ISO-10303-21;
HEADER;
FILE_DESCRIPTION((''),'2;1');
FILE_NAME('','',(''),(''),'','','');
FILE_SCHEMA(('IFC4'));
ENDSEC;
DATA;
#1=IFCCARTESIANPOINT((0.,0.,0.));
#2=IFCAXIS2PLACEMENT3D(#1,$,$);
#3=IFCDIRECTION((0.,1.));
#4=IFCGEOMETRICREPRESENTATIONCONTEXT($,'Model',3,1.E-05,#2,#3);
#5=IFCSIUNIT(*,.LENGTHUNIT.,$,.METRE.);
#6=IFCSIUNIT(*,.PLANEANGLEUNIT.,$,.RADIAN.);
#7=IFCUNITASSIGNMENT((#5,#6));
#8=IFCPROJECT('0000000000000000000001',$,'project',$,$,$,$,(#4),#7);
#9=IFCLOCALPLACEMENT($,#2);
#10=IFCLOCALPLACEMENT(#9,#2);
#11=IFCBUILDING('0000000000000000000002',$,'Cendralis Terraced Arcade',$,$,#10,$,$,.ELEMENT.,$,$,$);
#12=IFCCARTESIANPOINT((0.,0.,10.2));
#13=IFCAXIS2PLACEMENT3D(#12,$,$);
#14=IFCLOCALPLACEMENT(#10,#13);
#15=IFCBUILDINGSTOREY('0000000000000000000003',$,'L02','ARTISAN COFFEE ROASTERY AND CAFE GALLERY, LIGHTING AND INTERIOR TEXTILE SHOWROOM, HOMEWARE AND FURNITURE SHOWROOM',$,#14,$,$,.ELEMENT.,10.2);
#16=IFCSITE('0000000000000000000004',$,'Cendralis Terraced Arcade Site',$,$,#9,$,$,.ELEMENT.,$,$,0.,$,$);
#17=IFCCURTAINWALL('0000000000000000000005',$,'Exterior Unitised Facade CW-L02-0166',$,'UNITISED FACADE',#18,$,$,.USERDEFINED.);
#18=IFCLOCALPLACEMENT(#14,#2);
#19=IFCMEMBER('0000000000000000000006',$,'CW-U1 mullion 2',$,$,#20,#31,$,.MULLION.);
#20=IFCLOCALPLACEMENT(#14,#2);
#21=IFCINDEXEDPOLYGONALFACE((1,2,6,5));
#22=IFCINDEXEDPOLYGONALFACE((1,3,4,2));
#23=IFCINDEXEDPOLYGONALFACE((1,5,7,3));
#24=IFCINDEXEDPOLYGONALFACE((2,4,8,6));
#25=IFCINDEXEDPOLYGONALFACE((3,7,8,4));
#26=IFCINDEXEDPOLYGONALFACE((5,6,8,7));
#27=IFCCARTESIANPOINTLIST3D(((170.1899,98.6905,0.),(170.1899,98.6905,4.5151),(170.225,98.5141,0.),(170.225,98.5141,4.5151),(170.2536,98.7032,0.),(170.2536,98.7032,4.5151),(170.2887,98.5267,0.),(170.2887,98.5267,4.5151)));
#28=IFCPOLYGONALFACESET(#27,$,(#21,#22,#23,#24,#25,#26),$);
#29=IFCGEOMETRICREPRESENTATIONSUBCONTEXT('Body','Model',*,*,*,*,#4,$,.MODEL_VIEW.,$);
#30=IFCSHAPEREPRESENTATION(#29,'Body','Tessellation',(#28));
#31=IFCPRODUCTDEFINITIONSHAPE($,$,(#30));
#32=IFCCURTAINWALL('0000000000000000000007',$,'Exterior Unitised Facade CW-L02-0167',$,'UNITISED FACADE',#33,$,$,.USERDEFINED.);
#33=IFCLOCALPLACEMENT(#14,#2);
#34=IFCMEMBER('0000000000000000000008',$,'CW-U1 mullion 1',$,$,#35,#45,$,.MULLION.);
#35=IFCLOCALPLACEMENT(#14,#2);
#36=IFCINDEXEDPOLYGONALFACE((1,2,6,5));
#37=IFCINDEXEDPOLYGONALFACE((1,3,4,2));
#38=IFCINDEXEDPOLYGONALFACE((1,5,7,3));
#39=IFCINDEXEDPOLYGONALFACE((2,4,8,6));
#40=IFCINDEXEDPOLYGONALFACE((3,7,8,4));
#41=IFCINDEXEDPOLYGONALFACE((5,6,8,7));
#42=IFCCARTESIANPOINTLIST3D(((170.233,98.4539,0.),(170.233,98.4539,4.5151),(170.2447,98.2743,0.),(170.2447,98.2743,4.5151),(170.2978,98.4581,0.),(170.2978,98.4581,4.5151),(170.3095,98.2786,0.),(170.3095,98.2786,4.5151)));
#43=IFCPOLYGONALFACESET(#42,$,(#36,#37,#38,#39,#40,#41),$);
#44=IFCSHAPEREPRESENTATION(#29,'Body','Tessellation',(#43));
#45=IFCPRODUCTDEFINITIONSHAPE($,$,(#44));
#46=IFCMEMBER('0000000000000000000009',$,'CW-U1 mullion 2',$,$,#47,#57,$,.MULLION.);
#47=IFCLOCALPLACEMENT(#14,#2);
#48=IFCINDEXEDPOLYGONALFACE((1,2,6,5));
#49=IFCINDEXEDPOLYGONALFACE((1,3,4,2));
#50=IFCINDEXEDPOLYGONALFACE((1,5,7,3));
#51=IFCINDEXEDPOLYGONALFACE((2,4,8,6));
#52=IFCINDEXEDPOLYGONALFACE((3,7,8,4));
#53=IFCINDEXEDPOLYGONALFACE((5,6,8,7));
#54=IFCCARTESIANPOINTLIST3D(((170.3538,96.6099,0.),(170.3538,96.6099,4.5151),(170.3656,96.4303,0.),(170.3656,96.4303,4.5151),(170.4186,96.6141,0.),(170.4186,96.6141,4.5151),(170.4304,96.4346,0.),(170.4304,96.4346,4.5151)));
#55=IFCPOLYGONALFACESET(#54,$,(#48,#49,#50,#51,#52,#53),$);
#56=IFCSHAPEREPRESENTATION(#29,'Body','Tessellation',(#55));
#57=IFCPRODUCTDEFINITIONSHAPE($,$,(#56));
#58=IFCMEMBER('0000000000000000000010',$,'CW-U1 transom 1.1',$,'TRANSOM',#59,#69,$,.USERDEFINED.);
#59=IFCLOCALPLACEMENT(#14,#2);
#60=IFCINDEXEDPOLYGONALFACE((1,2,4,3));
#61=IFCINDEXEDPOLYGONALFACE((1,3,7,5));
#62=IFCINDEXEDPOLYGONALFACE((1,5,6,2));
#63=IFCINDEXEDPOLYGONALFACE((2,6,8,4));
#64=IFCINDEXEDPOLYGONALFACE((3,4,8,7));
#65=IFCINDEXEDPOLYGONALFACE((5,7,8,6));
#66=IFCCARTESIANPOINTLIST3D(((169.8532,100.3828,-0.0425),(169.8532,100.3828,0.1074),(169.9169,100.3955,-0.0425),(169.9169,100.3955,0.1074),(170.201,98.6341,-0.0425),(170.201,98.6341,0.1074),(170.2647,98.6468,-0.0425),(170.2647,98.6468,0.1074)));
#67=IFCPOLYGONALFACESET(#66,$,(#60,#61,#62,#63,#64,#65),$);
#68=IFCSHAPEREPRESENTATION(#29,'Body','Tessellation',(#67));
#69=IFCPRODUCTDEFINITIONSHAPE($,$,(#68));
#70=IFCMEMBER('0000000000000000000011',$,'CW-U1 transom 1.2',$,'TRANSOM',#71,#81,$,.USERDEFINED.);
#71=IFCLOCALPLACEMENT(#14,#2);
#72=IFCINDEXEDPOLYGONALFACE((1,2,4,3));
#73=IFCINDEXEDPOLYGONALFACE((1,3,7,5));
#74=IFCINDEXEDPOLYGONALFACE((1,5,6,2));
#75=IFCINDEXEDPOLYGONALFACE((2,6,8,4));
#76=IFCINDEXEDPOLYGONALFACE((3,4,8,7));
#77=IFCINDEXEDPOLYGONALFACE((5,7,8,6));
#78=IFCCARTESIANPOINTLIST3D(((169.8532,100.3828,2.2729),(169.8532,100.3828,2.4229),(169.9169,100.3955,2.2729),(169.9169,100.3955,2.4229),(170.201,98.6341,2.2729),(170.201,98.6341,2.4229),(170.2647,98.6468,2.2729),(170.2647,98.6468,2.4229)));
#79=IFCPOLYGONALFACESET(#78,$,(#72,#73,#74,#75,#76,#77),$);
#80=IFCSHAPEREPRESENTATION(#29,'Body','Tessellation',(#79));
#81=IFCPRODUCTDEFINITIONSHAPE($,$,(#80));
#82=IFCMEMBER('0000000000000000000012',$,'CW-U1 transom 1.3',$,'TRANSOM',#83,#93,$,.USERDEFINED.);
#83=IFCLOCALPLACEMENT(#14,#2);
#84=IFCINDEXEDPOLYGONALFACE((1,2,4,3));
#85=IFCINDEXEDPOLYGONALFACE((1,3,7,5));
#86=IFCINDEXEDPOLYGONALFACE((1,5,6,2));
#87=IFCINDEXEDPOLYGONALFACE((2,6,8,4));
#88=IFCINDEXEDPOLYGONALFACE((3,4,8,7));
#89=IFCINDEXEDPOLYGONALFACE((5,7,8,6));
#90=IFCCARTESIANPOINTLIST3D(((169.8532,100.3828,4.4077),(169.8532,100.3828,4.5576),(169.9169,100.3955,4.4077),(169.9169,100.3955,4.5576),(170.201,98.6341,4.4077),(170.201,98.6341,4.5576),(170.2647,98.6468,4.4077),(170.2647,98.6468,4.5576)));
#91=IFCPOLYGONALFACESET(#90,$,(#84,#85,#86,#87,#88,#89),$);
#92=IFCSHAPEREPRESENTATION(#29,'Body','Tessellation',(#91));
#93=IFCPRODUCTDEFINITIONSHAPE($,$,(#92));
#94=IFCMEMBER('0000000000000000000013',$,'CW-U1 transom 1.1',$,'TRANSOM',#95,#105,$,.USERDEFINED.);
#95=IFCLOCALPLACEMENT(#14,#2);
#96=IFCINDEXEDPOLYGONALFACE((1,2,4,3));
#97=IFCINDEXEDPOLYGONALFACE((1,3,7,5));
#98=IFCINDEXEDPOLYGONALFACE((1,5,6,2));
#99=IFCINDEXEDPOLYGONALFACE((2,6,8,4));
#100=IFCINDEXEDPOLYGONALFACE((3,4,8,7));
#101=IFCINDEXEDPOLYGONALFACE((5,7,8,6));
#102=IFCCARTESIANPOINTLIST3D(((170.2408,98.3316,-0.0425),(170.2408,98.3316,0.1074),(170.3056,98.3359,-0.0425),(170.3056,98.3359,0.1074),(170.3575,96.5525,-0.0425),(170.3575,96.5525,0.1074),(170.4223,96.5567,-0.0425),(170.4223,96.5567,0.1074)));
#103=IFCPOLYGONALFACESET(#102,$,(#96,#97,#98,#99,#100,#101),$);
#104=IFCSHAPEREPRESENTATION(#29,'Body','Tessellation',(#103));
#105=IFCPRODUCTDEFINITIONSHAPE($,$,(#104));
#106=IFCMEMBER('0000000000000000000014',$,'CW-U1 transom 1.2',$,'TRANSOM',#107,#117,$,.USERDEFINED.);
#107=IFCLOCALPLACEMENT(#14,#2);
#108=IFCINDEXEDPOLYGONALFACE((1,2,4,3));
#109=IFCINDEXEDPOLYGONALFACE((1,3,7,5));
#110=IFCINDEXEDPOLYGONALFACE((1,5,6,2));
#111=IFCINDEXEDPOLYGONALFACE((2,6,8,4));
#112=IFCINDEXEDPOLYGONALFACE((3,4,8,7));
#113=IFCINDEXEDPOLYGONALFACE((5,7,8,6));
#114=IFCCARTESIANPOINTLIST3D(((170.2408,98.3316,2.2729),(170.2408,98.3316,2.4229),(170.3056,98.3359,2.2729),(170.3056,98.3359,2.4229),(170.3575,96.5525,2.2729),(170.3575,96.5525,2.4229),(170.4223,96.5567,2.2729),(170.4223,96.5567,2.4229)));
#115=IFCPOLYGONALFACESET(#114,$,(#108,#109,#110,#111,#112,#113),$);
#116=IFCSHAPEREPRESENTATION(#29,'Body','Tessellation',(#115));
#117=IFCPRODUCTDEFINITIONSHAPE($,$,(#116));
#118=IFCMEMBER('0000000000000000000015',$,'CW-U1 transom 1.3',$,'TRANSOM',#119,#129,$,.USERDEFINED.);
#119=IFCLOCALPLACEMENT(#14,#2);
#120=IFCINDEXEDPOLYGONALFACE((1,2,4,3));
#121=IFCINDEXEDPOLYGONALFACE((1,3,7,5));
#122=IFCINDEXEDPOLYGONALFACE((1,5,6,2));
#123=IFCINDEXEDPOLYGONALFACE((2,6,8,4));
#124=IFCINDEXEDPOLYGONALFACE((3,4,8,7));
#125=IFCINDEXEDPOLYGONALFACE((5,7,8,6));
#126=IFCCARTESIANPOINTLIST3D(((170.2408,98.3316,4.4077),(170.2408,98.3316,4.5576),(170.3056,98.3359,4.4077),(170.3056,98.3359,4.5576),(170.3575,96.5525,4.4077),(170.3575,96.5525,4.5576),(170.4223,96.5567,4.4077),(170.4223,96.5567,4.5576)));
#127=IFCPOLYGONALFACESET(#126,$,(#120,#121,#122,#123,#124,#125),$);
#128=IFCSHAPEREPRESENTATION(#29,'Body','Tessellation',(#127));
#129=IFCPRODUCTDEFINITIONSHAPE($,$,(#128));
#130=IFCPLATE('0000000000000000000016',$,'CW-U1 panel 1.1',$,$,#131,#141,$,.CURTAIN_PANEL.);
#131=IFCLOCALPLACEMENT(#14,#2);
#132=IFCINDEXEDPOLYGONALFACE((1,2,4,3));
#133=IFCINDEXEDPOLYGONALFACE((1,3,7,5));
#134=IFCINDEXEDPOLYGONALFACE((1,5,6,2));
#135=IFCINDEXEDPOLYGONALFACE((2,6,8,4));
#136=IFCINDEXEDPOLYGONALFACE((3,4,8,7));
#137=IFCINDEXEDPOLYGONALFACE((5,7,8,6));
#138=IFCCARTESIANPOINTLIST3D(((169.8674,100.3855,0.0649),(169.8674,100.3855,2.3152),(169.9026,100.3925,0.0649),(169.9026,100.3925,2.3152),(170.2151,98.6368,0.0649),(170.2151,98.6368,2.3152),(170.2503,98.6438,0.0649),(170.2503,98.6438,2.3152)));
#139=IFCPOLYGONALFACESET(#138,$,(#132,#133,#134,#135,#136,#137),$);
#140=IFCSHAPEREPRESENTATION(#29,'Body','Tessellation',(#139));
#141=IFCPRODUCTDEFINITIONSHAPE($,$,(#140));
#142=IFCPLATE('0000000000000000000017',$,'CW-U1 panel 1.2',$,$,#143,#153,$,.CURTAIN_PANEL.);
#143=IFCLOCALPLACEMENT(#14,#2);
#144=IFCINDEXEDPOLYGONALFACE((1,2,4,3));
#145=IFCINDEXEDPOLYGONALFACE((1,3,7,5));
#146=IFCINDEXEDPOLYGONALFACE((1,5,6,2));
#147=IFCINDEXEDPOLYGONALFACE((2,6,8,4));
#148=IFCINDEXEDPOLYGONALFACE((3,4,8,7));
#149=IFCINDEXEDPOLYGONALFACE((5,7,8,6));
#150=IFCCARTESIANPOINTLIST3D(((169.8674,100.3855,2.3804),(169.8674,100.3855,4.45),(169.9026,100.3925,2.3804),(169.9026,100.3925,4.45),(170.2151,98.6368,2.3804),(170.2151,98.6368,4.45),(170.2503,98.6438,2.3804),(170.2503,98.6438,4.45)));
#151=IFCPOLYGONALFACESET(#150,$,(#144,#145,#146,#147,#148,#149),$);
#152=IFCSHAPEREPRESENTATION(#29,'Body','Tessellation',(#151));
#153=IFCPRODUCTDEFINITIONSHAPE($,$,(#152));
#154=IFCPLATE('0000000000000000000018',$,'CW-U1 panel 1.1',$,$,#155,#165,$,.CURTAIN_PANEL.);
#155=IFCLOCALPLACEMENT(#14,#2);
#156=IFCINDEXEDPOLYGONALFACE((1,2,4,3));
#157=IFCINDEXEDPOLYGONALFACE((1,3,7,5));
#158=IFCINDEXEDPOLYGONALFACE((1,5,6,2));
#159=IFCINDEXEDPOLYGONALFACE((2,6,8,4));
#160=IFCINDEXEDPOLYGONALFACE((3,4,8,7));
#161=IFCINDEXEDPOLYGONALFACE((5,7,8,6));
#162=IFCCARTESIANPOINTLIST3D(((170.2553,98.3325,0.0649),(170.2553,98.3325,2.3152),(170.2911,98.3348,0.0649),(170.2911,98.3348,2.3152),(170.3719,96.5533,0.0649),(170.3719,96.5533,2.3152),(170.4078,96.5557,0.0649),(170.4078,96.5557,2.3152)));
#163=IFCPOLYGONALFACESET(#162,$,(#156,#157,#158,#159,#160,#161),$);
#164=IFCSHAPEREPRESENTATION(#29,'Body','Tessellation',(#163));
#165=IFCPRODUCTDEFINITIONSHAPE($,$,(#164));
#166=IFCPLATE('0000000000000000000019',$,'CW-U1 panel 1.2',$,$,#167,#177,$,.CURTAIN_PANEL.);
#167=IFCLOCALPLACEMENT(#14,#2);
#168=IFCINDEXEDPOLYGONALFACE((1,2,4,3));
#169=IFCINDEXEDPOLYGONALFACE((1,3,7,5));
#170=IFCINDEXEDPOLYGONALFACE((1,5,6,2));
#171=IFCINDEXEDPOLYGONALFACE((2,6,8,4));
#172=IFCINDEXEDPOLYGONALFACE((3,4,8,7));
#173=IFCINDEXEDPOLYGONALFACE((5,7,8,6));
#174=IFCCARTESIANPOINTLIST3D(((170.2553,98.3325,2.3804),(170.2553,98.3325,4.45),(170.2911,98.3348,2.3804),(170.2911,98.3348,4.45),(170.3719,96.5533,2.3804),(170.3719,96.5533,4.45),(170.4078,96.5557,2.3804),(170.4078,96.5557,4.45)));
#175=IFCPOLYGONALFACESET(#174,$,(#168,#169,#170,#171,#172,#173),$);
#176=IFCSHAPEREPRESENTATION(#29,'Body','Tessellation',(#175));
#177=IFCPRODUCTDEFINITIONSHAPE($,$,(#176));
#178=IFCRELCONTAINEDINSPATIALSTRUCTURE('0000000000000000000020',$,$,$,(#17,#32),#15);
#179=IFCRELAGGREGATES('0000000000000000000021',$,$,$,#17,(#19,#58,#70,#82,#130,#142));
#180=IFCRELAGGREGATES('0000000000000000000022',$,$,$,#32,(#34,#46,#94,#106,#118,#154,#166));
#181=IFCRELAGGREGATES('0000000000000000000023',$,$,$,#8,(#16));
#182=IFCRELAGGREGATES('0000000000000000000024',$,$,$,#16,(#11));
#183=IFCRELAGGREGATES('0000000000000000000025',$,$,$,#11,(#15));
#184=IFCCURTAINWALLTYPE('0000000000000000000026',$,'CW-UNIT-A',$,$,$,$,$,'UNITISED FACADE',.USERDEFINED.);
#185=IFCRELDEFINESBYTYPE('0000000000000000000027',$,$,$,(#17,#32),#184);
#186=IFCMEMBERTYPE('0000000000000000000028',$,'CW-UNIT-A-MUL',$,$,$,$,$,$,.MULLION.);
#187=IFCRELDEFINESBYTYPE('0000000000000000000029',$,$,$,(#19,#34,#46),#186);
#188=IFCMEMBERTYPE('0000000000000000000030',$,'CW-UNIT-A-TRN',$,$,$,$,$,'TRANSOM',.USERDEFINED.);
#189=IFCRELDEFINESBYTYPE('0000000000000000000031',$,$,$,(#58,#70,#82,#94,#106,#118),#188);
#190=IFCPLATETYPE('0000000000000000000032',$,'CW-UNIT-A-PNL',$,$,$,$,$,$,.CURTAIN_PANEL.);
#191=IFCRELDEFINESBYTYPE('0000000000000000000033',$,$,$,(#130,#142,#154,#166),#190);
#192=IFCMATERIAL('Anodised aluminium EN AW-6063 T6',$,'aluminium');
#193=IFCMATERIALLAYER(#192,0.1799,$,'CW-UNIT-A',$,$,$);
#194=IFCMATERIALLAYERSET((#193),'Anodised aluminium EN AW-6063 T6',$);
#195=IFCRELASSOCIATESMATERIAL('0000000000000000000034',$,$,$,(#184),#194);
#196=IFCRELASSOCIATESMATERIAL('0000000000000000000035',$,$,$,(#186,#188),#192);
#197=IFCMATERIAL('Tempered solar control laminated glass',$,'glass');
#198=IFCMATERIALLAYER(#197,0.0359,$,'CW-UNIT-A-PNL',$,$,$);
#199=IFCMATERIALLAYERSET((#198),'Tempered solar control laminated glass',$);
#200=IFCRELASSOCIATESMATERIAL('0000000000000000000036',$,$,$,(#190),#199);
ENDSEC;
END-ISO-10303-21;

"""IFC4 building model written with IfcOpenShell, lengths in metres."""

from ifc_helpers import new_model, si_unit, direction, frame, origin, origin_2d, place, context, subcontext, project, spatial, rectangle, extrude, material, layer, layer_set, material_profile, profile_set, type_object, element, aggregate, save


model = new_model("IFC4")

# Units and contexts
model_context = context("Model", 3, precision=1e-05, world=origin(), true_north=direction((0.0, 1.0)))
body_context = subcontext(model_context, "Body", "Model", "MODEL_VIEW")
ifc_project = project(units=[si_unit("LENGTHUNIT", "METRE"), si_unit("PLANEANGLEUNIT", "RADIAN")], contexts=[model_context])

# Site, building, storey
site_placement = place(None, origin())
site = spatial("IfcSite", under=ifc_project, at=site_placement, Name="Cendralis Terraced Arcade Site", CompositionType="ELEMENT", RefElevation=0.0)
building_placement = place(site_placement, origin())
building = spatial("IfcBuilding", under=site, at=building_placement, Name="Cendralis Terraced Arcade", CompositionType="ELEMENT")
storey_placement = place(building_placement, frame((0.0, 0.0, 10.2)))
storey = spatial("IfcBuildingStorey", under=building, at=storey_placement, Name="L02", Description="ARTISAN COFFEE ROASTERY AND CAFE GALLERY, LIGHTING AND INTERIOR TEXTILE SHOWROOM, HOMEWARE AND FURNITURE SHOWROOM", CompositionType="ELEMENT", Elevation=10.2)

# Curtain wall, member
ifc_material_1 = material(Name="Anodised aluminium EN AW-6063 T6", Category="aluminium")
ifc_layer_1 = layer(ifc_material_1, 0.1799, Name="CW-UNIT-A")
ifc_layer_set_1 = layer_set([ifc_layer_1], Name="Anodised aluminium EN AW-6063 T6")
curtain_wall_type = type_object("IfcCurtainWallType", Name="CW-UNIT-A", ElementType="UNITISED FACADE", PredefinedType="USERDEFINED", material=ifc_layer_set_1)
curtain_wall_1_placement = place(storey_placement, origin())
curtain_wall_1 = element("IfcCurtainWall", 1, at=curtain_wall_1_placement, inside=storey, type_object=curtain_wall_type, Name="Exterior Unitised Facade CW-L02-0166", ObjectType="UNITISED FACADE", PredefinedType="USERDEFINED")
ifc_material_profile_1 = material_profile(ifc_material_1, rectangle(XDim=0.0649, YDim=0.1799, at=origin_2d()), Name="ALU-MUL-65x180")
ifc_profile_set_1 = profile_set([ifc_material_profile_1], Name="Anodised aluminium EN AW-6063 T6")
member_type_1 = type_object("IfcMemberType", Name="CW-UNIT-A-MUL", PredefinedType="MULLION", material=ifc_profile_set_1)
member_1_placement = place(storey_placement, frame((170.2393, 98.6086, 0.0), z_axis=(0.0, 0.0, 1.0), x_axis=(0.980793, 0.19505, 0.0)))
member_1 = element("IfcMember", 2, at=member_1_placement, type_object=member_type_1, Name="CW-U1 mullion 2", PredefinedType="MULLION", context=body_context, shape_type="SweptSolid", body=[
    extrude(rectangle(XDim=0.0649, YDim=0.1799, at=origin_2d()), origin(), (0.0, 0.0, 1.0), 4.5151),
])

# Curtain wall, members
curtain_wall_2_placement = place(storey_placement, origin())
curtain_wall_2 = element("IfcCurtainWall", 3, at=curtain_wall_2_placement, inside=storey, type_object=curtain_wall_type, Name="Exterior Unitised Facade CW-L02-0167", ObjectType="UNITISED FACADE", PredefinedType="USERDEFINED")
member_2_placement = place(storey_placement, frame((170.2712, 98.3662, 0.0), z_axis=(0.0, 0.0, 1.0), x_axis=(0.997859, 0.065398, 0.0)))
member_2 = element("IfcMember", 4, at=member_2_placement, type_object=member_type_1, Name="CW-U1 mullion 1", PredefinedType="MULLION", context=body_context, shape_type="SweptSolid", body=[
    extrude(rectangle(XDim=0.0649, YDim=0.1799, at=origin_2d()), origin(), (0.0, 0.0, 1.0), 4.5151),
])
member_3_placement = place(storey_placement, frame((170.3921, 96.5222, 0.0), z_axis=(0.0, 0.0, 1.0), x_axis=(0.997859, 0.065398, 0.0)))
member_3 = element("IfcMember", 5, at=member_3_placement, type_object=member_type_1, Name="CW-U1 mullion 2", PredefinedType="MULLION", context=body_context, shape_type="SweptSolid", body=[
    extrude(rectangle(XDim=0.0649, YDim=0.1799, at=origin_2d()), origin(), (0.0, 0.0, 1.0), 4.5151),
])

# Members
ifc_material_profile_2 = material_profile(ifc_material_1, rectangle(XDim=0.0649, YDim=0.1499, at=origin_2d()), Name="ALU-TRN-65x150")
ifc_profile_set_2 = profile_set([ifc_material_profile_2], Name="Anodised aluminium EN AW-6063 T6")
member_type_2 = type_object("IfcMemberType", Name="CW-UNIT-A-TRN", ElementType="TRANSOM", PredefinedType="USERDEFINED", material=ifc_profile_set_2)
member_4_placement = place(storey_placement, frame((169.885, 100.3892, 0.0325), z_axis=(0.195115, -0.98078, 0.0), x_axis=(0.98078, 0.195115, 0.0)))
member_4 = element("IfcMember", 6, at=member_4_placement, type_object=member_type_2, Name="CW-U1 transom 1.1", ObjectType="TRANSOM", PredefinedType="USERDEFINED", context=body_context, shape_type="SweptSolid", body=[
    extrude(rectangle(XDim=0.0649, YDim=0.1499, at=origin_2d()), origin(), (0.0, 0.0, 1.0), 1.783),
])
member_5_placement = place(storey_placement, frame((169.885, 100.3892, 2.3479), z_axis=(0.195115, -0.98078, 0.0), x_axis=(0.98078, 0.195115, 0.0)))
member_5 = element("IfcMember", 7, at=member_5_placement, type_object=member_type_2, Name="CW-U1 transom 1.2", ObjectType="TRANSOM", PredefinedType="USERDEFINED", context=body_context, shape_type="SweptSolid", body=[
    extrude(rectangle(XDim=0.0649, YDim=0.1499, at=origin_2d()), origin(), (0.0, 0.0, 1.0), 1.783),
])
member_6_placement = place(storey_placement, frame((169.885, 100.3892, 4.4827), z_axis=(0.195115, -0.98078, 0.0), x_axis=(0.98078, 0.195115, 0.0)))
member_6 = element("IfcMember", 8, at=member_6_placement, type_object=member_type_2, Name="CW-U1 transom 1.3", ObjectType="TRANSOM", PredefinedType="USERDEFINED", context=body_context, shape_type="SweptSolid", body=[
    extrude(rectangle(XDim=0.0649, YDim=0.1499, at=origin_2d()), origin(), (0.0, 0.0, 1.0), 1.783),
])
member_7_placement = place(storey_placement, frame((170.2732, 98.3337, 0.0325), z_axis=(0.065456, -0.997855, 0.0), x_axis=(0.997855, 0.065456, 0.0)))
member_7 = element("IfcMember", 9, at=member_7_placement, type_object=member_type_2, Name="CW-U1 transom 1.1", ObjectType="TRANSOM", PredefinedType="USERDEFINED", context=body_context, shape_type="SweptSolid", body=[
    extrude(rectangle(XDim=0.0649, YDim=0.1499, at=origin_2d()), origin(), (0.0, 0.0, 1.0), 1.783),
])
member_8_placement = place(storey_placement, frame((170.2732, 98.3337, 2.3479), z_axis=(0.065456, -0.997855, 0.0), x_axis=(0.997855, 0.065456, 0.0)))
member_8 = element("IfcMember", 10, at=member_8_placement, type_object=member_type_2, Name="CW-U1 transom 1.2", ObjectType="TRANSOM", PredefinedType="USERDEFINED", context=body_context, shape_type="SweptSolid", body=[
    extrude(rectangle(XDim=0.0649, YDim=0.1499, at=origin_2d()), origin(), (0.0, 0.0, 1.0), 1.783),
])
member_9_placement = place(storey_placement, frame((170.2732, 98.3337, 4.4827), z_axis=(0.065456, -0.997855, 0.0), x_axis=(0.997855, 0.065456, 0.0)))
member_9 = element("IfcMember", 11, at=member_9_placement, type_object=member_type_2, Name="CW-U1 transom 1.3", ObjectType="TRANSOM", PredefinedType="USERDEFINED", context=body_context, shape_type="SweptSolid", body=[
    extrude(rectangle(XDim=0.0649, YDim=0.1499, at=origin_2d()), origin(), (0.0, 0.0, 1.0), 1.783),
])

# Plates
ifc_material_2 = material(Name="Tempered solar control laminated glass", Category="glass")
ifc_layer_2 = layer(ifc_material_2, 0.0359, Name="CW-UNIT-A-PNL")
ifc_layer_set_2 = layer_set([ifc_layer_2], Name="Tempered solar control laminated glass")
plate_type = type_object("IfcPlateType", Name="CW-UNIT-A-PNL", PredefinedType="CURTAIN_PANEL", material=ifc_layer_set_2)
plate_1_placement = place(storey_placement, frame((170.0588, 99.5146, 0.0649), z_axis=(0.0, 0.0, 1.0), x_axis=(0.19505, -0.980793, 0.0)))
plate_1 = element("IfcPlate", 12, at=plate_1_placement, type_object=plate_type, Name="CW-U1 panel 1.1", PredefinedType="CURTAIN_PANEL", context=body_context, shape_type="SweptSolid", body=[
    extrude(rectangle(XDim=1.783, YDim=0.0359, at=origin_2d()), origin(), (0.0, 0.0, 1.0), 2.2502),
])
plate_2_placement = place(storey_placement, frame((170.0588, 99.5146, 2.3804), z_axis=(0.0, 0.0, 1.0), x_axis=(0.19505, -0.980793, 0.0)))
plate_2 = element("IfcPlate", 13, at=plate_2_placement, type_object=plate_type, Name="CW-U1 panel 1.2", PredefinedType="CURTAIN_PANEL", context=body_context, shape_type="SweptSolid", body=[
    extrude(rectangle(XDim=1.783, YDim=0.0359, at=origin_2d()), origin(), (0.0, 0.0, 1.0), 2.0696),
])
aggregate(curtain_wall_1, [member_1, member_4, member_5, member_6, plate_1, plate_2])
plate_3_placement = place(storey_placement, frame((170.3315, 97.4441, 0.0649), z_axis=(0.0, 0.0, 1.0), x_axis=(0.065398, -0.997859, 0.0)))
plate_3 = element("IfcPlate", 14, at=plate_3_placement, type_object=plate_type, Name="CW-U1 panel 1.1", PredefinedType="CURTAIN_PANEL", context=body_context, shape_type="SweptSolid", body=[
    extrude(rectangle(XDim=1.783, YDim=0.0359, at=origin_2d()), origin(), (0.0, 0.0, 1.0), 2.2502),
])
plate_4_placement = place(storey_placement, frame((170.3315, 97.4441, 2.3804), z_axis=(0.0, 0.0, 1.0), x_axis=(0.065398, -0.997859, 0.0)))
plate_4 = element("IfcPlate", 15, at=plate_4_placement, type_object=plate_type, Name="CW-U1 panel 1.2", PredefinedType="CURTAIN_PANEL", context=body_context, shape_type="SweptSolid", body=[
    extrude(rectangle(XDim=1.783, YDim=0.0359, at=origin_2d()), origin(), (0.0, 0.0, 1.0), 2.0696),
])
aggregate(curtain_wall_2, [member_2, member_3, member_7, member_8, member_9, plate_3, plate_4])

save(model, "model.ifc")
